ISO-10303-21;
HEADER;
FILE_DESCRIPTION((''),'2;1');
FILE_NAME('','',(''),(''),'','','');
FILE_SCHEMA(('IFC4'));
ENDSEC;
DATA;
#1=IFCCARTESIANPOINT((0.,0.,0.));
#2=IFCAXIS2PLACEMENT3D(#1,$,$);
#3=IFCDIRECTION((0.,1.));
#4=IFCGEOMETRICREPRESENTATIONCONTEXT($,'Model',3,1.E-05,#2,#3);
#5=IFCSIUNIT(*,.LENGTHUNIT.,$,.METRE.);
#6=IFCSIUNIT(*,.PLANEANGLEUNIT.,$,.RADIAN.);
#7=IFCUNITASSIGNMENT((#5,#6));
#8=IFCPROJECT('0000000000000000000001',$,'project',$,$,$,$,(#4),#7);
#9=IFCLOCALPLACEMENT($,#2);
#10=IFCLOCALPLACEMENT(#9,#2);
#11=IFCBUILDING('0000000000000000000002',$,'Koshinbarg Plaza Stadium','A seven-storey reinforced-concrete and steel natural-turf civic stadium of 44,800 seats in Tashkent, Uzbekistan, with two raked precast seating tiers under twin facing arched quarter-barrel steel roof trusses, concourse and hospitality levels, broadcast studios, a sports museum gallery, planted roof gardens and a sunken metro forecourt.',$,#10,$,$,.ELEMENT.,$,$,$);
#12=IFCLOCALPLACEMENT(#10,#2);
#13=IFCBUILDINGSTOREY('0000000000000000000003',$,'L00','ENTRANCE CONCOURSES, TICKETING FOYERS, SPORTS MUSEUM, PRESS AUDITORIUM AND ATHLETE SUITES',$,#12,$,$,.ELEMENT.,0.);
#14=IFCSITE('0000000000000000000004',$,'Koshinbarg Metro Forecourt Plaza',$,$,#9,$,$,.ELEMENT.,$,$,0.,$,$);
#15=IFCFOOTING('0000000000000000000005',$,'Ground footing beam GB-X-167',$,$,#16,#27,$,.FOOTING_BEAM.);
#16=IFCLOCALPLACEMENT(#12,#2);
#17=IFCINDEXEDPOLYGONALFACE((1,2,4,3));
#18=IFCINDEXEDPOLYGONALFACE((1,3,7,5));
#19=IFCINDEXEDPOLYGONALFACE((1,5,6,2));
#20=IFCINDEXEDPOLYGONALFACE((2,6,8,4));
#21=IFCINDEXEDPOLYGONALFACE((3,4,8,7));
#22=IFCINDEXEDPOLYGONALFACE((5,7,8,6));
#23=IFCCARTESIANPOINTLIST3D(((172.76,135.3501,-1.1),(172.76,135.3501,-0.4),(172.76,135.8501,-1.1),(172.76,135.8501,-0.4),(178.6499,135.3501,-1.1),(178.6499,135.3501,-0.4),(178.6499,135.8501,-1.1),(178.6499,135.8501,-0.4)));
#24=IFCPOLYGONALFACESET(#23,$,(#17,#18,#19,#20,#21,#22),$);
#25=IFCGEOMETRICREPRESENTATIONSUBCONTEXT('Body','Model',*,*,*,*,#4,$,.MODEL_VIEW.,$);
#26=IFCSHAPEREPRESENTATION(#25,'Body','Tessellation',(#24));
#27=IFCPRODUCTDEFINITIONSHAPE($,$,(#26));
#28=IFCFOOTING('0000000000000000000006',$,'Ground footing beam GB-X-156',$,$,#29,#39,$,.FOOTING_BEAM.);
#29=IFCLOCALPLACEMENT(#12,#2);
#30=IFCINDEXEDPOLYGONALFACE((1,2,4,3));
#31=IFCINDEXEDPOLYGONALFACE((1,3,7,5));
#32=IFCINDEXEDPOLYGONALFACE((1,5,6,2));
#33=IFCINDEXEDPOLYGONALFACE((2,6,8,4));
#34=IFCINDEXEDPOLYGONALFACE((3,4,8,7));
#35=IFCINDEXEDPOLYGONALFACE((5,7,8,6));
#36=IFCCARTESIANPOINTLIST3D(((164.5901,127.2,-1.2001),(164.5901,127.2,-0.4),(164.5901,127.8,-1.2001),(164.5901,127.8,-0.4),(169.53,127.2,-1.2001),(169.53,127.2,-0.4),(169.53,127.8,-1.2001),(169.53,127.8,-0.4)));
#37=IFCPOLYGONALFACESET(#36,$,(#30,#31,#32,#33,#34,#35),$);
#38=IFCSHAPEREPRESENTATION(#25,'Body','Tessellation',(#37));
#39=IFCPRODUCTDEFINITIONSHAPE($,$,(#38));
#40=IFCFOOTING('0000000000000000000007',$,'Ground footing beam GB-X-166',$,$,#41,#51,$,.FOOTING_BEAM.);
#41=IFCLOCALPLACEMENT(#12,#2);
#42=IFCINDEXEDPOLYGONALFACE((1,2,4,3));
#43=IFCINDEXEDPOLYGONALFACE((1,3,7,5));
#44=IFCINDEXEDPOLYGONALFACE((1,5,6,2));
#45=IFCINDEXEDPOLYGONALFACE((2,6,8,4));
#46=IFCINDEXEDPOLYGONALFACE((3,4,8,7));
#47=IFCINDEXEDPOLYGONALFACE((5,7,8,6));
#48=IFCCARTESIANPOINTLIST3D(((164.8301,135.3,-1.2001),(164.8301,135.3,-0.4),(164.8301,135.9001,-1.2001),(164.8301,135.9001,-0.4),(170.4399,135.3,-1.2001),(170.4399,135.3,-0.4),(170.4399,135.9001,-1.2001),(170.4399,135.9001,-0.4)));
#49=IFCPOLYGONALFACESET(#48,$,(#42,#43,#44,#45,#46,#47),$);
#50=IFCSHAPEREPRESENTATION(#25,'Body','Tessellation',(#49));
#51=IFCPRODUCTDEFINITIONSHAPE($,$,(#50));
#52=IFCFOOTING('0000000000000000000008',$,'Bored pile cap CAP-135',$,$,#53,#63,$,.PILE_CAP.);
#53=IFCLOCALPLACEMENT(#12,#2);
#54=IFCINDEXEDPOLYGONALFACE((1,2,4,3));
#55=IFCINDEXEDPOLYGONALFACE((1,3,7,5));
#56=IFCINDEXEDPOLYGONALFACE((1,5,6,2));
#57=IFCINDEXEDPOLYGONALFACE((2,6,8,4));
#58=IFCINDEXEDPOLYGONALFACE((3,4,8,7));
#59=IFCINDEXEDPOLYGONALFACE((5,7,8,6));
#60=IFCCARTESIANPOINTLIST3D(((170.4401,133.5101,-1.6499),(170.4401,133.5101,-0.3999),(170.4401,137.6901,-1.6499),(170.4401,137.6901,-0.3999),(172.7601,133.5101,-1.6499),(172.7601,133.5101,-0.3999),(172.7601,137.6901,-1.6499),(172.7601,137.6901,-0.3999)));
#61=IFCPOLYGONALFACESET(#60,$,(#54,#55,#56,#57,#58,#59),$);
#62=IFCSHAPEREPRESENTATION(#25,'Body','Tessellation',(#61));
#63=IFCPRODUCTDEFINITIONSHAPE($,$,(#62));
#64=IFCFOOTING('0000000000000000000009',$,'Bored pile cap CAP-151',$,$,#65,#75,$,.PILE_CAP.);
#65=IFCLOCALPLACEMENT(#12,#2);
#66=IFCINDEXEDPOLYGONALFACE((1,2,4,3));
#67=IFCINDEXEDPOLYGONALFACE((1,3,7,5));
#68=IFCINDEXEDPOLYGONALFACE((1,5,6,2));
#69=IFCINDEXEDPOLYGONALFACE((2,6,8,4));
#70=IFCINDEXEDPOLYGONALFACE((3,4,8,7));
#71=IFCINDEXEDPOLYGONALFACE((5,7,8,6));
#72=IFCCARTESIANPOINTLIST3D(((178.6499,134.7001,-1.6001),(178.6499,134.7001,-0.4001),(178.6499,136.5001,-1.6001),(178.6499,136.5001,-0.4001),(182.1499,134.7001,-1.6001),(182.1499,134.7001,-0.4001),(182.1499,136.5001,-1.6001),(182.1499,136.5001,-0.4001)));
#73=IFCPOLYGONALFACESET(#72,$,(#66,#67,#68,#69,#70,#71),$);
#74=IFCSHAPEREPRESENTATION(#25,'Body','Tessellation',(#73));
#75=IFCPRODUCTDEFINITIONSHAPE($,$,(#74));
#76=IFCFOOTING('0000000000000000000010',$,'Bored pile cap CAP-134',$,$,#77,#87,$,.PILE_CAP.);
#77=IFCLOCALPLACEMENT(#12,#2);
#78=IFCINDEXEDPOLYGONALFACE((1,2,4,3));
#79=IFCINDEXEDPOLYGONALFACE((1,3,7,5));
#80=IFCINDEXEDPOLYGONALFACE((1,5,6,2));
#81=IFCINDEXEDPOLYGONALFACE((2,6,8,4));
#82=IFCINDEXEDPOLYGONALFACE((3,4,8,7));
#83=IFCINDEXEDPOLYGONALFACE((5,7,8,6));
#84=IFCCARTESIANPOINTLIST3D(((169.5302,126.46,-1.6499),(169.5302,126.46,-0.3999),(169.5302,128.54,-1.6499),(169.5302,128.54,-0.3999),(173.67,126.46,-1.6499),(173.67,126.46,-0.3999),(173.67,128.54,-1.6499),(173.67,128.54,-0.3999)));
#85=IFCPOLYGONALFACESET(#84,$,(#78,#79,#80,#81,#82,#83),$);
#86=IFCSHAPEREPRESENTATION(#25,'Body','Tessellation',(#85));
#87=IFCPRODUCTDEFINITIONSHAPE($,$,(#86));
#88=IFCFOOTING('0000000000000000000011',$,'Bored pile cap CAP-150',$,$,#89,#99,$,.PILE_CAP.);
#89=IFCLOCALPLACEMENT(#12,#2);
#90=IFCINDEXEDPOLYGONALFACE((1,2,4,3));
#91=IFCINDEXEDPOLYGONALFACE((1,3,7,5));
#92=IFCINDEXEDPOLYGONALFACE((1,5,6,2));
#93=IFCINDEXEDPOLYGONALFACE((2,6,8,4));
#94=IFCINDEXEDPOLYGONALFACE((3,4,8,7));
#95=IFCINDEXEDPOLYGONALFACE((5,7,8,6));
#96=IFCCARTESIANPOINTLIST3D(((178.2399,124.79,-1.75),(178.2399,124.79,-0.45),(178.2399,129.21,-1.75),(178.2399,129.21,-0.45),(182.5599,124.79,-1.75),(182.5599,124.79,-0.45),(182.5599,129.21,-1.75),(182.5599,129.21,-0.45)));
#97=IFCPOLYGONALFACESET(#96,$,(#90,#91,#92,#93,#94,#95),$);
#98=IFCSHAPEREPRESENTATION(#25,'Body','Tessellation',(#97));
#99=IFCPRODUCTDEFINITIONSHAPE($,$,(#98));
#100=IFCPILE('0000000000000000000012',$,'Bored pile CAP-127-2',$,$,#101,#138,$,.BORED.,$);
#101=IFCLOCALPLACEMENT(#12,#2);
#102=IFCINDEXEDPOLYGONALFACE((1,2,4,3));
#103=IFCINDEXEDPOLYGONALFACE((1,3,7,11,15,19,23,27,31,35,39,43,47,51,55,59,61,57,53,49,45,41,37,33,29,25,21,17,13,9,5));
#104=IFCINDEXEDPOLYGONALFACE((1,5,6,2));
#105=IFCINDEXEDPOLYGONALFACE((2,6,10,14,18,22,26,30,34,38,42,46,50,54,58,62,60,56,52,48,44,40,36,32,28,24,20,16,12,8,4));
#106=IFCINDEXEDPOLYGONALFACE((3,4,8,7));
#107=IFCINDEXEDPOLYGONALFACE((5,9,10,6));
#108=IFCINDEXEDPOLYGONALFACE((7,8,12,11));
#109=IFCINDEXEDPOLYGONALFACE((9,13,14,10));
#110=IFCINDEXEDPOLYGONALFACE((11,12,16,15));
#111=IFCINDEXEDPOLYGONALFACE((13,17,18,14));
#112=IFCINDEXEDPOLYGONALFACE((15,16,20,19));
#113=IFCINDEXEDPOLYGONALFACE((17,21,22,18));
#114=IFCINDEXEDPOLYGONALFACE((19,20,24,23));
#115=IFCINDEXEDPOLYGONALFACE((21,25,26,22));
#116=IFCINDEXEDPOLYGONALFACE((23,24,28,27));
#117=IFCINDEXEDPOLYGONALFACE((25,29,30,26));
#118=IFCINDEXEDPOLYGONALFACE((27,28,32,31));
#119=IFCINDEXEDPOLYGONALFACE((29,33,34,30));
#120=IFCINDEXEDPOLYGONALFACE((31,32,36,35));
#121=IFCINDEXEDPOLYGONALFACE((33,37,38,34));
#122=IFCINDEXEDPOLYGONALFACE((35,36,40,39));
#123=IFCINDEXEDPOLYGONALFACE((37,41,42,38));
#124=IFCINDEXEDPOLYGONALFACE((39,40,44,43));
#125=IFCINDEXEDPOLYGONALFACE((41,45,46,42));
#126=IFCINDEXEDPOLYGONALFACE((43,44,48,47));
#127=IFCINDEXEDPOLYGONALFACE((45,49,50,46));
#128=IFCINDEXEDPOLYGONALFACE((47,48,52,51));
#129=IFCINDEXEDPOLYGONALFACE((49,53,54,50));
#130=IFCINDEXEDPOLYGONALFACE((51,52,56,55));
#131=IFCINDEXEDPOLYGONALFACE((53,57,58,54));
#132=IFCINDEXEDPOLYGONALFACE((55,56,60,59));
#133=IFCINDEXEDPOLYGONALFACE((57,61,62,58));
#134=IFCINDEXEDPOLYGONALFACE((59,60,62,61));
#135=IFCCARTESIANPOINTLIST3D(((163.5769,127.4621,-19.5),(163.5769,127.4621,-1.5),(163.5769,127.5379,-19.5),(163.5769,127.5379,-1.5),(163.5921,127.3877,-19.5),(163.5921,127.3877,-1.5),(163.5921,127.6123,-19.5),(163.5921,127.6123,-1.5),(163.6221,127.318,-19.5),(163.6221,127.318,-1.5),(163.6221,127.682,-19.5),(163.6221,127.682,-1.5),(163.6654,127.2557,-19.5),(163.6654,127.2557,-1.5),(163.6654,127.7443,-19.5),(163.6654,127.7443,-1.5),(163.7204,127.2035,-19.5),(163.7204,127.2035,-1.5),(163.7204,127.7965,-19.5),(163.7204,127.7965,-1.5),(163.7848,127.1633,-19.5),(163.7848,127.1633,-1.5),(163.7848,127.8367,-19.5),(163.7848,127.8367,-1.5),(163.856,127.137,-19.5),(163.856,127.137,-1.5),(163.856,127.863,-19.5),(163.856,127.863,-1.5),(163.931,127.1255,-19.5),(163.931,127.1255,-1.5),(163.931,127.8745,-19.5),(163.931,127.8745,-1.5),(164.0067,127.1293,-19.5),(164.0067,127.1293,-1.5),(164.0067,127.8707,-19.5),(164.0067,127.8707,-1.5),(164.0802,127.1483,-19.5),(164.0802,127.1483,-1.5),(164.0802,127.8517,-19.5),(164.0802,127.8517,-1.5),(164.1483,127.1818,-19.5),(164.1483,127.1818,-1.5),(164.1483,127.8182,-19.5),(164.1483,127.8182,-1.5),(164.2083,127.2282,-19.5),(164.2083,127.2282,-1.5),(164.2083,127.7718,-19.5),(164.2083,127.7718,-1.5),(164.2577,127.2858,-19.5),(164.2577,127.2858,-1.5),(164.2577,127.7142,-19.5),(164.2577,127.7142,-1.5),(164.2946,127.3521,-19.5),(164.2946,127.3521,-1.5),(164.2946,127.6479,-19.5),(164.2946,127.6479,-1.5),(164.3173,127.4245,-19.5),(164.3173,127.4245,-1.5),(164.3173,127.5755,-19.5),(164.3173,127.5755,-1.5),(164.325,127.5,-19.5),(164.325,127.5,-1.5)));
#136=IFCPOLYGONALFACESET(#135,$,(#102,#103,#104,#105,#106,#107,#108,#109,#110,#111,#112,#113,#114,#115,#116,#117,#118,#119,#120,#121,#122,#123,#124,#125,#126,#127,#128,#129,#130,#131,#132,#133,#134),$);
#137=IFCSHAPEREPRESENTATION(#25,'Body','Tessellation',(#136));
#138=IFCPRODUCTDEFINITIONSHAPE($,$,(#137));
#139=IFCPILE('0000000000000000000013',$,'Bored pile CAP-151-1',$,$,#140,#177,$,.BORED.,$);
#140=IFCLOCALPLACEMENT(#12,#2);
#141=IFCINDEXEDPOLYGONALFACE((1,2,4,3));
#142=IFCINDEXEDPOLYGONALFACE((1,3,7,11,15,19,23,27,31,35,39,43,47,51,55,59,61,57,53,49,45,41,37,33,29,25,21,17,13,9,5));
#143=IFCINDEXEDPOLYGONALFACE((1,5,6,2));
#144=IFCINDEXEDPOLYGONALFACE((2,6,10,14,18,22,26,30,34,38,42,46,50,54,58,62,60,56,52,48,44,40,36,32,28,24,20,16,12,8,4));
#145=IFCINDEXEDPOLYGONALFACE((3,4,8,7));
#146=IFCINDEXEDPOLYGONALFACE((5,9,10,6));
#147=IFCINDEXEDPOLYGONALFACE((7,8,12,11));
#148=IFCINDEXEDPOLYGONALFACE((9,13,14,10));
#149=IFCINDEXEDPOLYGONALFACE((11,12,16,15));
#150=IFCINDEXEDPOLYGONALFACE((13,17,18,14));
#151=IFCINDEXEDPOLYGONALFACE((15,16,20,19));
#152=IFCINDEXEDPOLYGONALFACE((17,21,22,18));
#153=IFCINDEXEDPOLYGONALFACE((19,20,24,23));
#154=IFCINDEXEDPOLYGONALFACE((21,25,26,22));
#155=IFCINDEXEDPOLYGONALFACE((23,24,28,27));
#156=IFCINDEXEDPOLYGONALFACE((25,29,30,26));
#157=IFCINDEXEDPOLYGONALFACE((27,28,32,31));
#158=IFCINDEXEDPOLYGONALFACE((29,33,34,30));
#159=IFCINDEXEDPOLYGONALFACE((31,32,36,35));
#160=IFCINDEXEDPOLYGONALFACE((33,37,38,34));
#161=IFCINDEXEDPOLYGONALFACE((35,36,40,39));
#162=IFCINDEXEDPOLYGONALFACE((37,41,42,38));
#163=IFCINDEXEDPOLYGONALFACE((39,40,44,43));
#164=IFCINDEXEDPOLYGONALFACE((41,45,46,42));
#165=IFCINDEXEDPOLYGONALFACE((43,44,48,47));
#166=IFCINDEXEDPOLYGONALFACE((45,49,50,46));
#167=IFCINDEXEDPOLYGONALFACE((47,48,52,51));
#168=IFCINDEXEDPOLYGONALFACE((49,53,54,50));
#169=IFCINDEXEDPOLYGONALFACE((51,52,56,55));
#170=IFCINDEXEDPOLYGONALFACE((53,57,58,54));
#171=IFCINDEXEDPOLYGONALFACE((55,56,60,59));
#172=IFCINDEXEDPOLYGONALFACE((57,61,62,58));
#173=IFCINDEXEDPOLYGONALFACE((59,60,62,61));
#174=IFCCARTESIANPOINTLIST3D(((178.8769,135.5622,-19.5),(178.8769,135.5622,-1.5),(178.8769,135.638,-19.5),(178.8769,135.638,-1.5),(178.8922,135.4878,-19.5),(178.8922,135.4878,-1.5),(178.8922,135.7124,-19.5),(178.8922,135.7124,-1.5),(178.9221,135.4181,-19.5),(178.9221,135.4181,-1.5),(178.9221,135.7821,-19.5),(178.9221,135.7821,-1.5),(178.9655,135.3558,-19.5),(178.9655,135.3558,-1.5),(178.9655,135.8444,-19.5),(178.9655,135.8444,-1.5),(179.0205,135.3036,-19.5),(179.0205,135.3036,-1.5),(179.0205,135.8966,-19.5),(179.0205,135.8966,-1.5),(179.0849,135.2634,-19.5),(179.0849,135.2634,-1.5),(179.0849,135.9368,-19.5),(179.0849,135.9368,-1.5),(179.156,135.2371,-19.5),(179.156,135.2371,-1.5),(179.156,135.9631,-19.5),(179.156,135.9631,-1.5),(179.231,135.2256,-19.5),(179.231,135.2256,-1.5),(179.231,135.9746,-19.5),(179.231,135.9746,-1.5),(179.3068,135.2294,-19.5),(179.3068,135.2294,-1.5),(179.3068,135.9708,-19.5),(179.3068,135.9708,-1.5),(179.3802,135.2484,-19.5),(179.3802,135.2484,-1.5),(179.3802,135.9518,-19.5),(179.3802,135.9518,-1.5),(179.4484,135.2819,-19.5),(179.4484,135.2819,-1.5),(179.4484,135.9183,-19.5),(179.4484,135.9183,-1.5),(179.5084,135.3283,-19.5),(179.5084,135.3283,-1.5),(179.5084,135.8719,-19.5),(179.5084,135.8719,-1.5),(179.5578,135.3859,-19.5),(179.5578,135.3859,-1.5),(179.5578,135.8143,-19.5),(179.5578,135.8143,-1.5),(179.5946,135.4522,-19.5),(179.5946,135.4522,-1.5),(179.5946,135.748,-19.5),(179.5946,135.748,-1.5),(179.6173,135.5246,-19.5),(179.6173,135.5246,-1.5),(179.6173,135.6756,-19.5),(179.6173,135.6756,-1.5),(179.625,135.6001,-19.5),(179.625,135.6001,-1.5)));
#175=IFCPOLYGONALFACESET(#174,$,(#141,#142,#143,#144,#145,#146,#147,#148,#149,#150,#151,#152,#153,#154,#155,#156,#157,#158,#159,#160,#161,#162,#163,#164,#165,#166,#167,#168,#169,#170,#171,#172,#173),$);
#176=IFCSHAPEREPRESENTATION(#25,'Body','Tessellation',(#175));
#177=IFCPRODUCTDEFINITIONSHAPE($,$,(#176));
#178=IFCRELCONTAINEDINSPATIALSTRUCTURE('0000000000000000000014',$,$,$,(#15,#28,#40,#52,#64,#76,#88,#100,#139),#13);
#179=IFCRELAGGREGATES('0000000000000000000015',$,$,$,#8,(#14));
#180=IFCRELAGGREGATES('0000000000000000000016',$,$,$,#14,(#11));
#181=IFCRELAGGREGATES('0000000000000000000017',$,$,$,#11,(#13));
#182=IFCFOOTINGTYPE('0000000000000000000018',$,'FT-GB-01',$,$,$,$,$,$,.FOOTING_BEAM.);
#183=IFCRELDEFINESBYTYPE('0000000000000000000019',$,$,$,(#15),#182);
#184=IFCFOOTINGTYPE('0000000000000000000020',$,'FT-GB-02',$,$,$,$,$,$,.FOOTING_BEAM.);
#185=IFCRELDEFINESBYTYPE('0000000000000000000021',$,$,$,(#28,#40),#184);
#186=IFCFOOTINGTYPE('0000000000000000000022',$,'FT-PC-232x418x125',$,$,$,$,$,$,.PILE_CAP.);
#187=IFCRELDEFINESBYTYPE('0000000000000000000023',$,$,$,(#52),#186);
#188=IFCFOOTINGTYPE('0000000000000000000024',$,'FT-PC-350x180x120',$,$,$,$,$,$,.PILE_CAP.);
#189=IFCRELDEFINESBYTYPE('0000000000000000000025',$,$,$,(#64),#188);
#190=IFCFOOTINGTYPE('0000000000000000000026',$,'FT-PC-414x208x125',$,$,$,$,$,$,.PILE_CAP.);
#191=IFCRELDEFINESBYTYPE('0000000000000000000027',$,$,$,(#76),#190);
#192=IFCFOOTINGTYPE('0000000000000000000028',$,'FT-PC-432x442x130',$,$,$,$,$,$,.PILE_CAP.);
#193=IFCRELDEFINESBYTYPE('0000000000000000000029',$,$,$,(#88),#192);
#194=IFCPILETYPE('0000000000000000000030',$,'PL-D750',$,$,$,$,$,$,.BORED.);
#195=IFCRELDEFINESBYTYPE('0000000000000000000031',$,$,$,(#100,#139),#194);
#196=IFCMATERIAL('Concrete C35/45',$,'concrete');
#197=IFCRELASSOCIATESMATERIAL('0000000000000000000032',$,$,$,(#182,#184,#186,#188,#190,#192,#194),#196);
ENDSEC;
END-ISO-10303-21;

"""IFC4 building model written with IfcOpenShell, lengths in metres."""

from ifc_helpers import new_model, si_unit, direction, frame, origin, origin_2d, place, context, subcontext, project, spatial, rectangle, circle, extrude, material, material_profile, profile_set, type_object, element, save


model = new_model("IFC4")

# Units and contexts
model_context = context("Model", 3, precision=1e-05, world=origin(), true_north=direction((0.0, 1.0)))
body_context = subcontext(model_context, "Body", "Model", "MODEL_VIEW")
ifc_project = project(units=[si_unit("LENGTHUNIT", "METRE"), si_unit("PLANEANGLEUNIT", "RADIAN")], contexts=[model_context])

# Site, building, storey
site_placement = place(None, origin())
site = spatial("IfcSite", under=ifc_project, at=site_placement, Name="Koshinbarg Metro Forecourt Plaza", CompositionType="ELEMENT", RefElevation=0.0)
building_placement = place(site_placement, origin())
building = spatial("IfcBuilding", under=site, at=building_placement, Name="Koshinbarg Plaza Stadium", Description="A seven-storey reinforced-concrete and steel natural-turf civic stadium of 44,800 seats in Tashkent, Uzbekistan, with two raked precast seating tiers under twin facing arched quarter-barrel steel roof trusses, concourse and hospitality levels, broadcast studios, a sports museum gallery, planted roof gardens and a sunken metro forecourt.", CompositionType="ELEMENT")
storey_placement = place(building_placement, origin())
storey = spatial("IfcBuildingStorey", under=building, at=storey_placement, Name="L00", Description="ENTRANCE CONCOURSES, TICKETING FOYERS, SPORTS MUSEUM, PRESS AUDITORIUM AND ATHLETE SUITES", CompositionType="ELEMENT", Elevation=0.0)

# Footings
ifc_material_1 = material(Name="Concrete C35/45", Category="concrete")
ifc_material_profile_1 = material_profile(ifc_material_1, rectangle(XDim=0.5, YDim=0.7, at=origin_2d()), Name="GB 500x700")
ifc_profile_set_1 = profile_set([ifc_material_profile_1], Name="Concrete C35/45")
footing_type_1 = type_object("IfcFootingType", Name="FT-GB-01", PredefinedType="FOOTING_BEAM", material=ifc_profile_set_1)
footing_1_placement = place(storey_placement, frame((172.76, 135.6001, -0.75), z_axis=(1.0, 0.0, 0.0), x_axis=(0.0, 1.0, 0.0)))
element("IfcFooting", 1, at=footing_1_placement, inside=storey, type_object=footing_type_1, Name="Ground footing beam GB-X-167", PredefinedType="FOOTING_BEAM", context=body_context, shape_type="SweptSolid", body=[
    extrude(rectangle(XDim=0.5, YDim=0.7, at=origin_2d()), origin(), (0.0, 0.0, 1.0), 5.8899),
])
ifc_material_profile_2 = material_profile(ifc_material_1, rectangle(XDim=0.6001, YDim=0.8, at=origin_2d()), Name="GB 600x800")
ifc_profile_set_2 = profile_set([ifc_material_profile_2], Name="Concrete C35/45")
footing_type_2 = type_object("IfcFootingType", Name="FT-GB-02", PredefinedType="FOOTING_BEAM", material=ifc_profile_set_2)
footing_2_placement = place(storey_placement, frame((164.5901, 127.5, -0.8), z_axis=(1.0, 0.0, 0.0), x_axis=(0.0, 1.0, 0.0)))
element("IfcFooting", 2, at=footing_2_placement, inside=storey, type_object=footing_type_2, Name="Ground footing beam GB-X-156", PredefinedType="FOOTING_BEAM", context=body_context, shape_type="SweptSolid", body=[
    extrude(rectangle(XDim=0.6001, YDim=0.8, at=origin_2d()), origin(), (0.0, 0.0, 1.0), 4.9399),
])
footing_3_placement = place(storey_placement, frame((164.8301, 135.6001, -0.8), z_axis=(1.0, 0.0, 0.0), x_axis=(0.0, 1.0, 0.0)))
element("IfcFooting", 3, at=footing_3_placement, inside=storey, type_object=footing_type_2, Name="Ground footing beam GB-X-166", PredefinedType="FOOTING_BEAM", context=body_context, shape_type="SweptSolid", body=[
    extrude(rectangle(XDim=0.6001, YDim=0.8, at=origin_2d()), origin(), (0.0, 0.0, 1.0), 5.6099),
])
footing_type_3 = type_object("IfcFootingType", Name="FT-PC-232x418x125", PredefinedType="PILE_CAP", material=ifc_material_1)
footing_4_placement = place(storey_placement, frame((171.6001, 135.6001, -1.6499), z_axis=(0.0, 0.0, 1.0), x_axis=(1.0, 0.0, 0.0)))
element("IfcFooting", 4, at=footing_4_placement, inside=storey, type_object=footing_type_3, Name="Bored pile cap CAP-135", PredefinedType="PILE_CAP", context=body_context, shape_type="SweptSolid", body=[
    extrude(rectangle(XDim=2.3201, YDim=4.1799, at=origin_2d()), origin(), (0.0, 0.0, 1.0), 1.25),
])
footing_type_4 = type_object("IfcFootingType", Name="FT-PC-350x180x120", PredefinedType="PILE_CAP", material=ifc_material_1)
footing_5_placement = place(storey_placement, frame((180.3999, 135.6001, -1.6001), z_axis=(0.0, 0.0, 1.0), x_axis=(1.0, 0.0, 0.0)))
element("IfcFooting", 5, at=footing_5_placement, inside=storey, type_object=footing_type_4, Name="Bored pile cap CAP-151", PredefinedType="PILE_CAP", context=body_context, shape_type="SweptSolid", body=[
    extrude(rectangle(XDim=3.5, YDim=1.8, at=origin_2d()), origin(), (0.0, 0.0, 1.0), 1.2),
])
footing_type_5 = type_object("IfcFootingType", Name="FT-PC-414x208x125", PredefinedType="PILE_CAP", material=ifc_material_1)
footing_6_placement = place(storey_placement, frame((171.6001, 127.5, -1.6499), z_axis=(0.0, 0.0, 1.0), x_axis=(1.0, 0.0, 0.0)))
element("IfcFooting", 6, at=footing_6_placement, inside=storey, type_object=footing_type_5, Name="Bored pile cap CAP-134", PredefinedType="PILE_CAP", context=body_context, shape_type="SweptSolid", body=[
    extrude(rectangle(XDim=4.1399, YDim=2.0801, at=origin_2d()), origin(), (0.0, 0.0, 1.0), 1.25),
])
footing_type_6 = type_object("IfcFootingType", Name="FT-PC-432x442x130", PredefinedType="PILE_CAP", material=ifc_material_1)
footing_7_placement = place(storey_placement, frame((180.3999, 127.0, -1.75), z_axis=(0.0, 0.0, 1.0), x_axis=(1.0, 0.0, 0.0)))
element("IfcFooting", 7, at=footing_7_placement, inside=storey, type_object=footing_type_6, Name="Bored pile cap CAP-150", PredefinedType="PILE_CAP", context=body_context, shape_type="SweptSolid", body=[
    extrude(rectangle(XDim=4.3201, YDim=4.4199, at=origin_2d()), origin(), (0.0, 0.0, 1.0), 1.3),
])

# Piles
ifc_material_profile_3 = material_profile(ifc_material_1, circle(Radius=0.375, at=origin_2d()), Name="PILE D750")
ifc_profile_set_3 = profile_set([ifc_material_profile_3], Name="Concrete C35/45")
pile_type_1 = type_object("IfcPileType", Name="PL-D750", PredefinedType="BORED", material=ifc_profile_set_3)
for number, where, z_axis, x_axis, name in (
    (8, (163.95, 127.5, -1.5), (0.0, 0.0, -1.0), (1.0, 0.0, 0.0), "Bored pile CAP-127-2"),
    (9, (179.25, 135.6001, -1.5), (0.0, 0.0, -1.0), (1.0, 0.0, 0.0), "Bored pile CAP-151-1"),
):
    element("IfcPile", number, at=place(storey_placement, frame(where, z_axis=z_axis, x_axis=x_axis)), inside=storey, type_object=pile_type_1, Name=name, PredefinedType="BORED", context=body_context, shape_type="SweptSolid", body=[
        extrude(circle(Radius=0.375, at=origin_2d()), origin(), (0.0, 0.0, 1.0), 18.0),
    ])

save(model, "model.ifc")
